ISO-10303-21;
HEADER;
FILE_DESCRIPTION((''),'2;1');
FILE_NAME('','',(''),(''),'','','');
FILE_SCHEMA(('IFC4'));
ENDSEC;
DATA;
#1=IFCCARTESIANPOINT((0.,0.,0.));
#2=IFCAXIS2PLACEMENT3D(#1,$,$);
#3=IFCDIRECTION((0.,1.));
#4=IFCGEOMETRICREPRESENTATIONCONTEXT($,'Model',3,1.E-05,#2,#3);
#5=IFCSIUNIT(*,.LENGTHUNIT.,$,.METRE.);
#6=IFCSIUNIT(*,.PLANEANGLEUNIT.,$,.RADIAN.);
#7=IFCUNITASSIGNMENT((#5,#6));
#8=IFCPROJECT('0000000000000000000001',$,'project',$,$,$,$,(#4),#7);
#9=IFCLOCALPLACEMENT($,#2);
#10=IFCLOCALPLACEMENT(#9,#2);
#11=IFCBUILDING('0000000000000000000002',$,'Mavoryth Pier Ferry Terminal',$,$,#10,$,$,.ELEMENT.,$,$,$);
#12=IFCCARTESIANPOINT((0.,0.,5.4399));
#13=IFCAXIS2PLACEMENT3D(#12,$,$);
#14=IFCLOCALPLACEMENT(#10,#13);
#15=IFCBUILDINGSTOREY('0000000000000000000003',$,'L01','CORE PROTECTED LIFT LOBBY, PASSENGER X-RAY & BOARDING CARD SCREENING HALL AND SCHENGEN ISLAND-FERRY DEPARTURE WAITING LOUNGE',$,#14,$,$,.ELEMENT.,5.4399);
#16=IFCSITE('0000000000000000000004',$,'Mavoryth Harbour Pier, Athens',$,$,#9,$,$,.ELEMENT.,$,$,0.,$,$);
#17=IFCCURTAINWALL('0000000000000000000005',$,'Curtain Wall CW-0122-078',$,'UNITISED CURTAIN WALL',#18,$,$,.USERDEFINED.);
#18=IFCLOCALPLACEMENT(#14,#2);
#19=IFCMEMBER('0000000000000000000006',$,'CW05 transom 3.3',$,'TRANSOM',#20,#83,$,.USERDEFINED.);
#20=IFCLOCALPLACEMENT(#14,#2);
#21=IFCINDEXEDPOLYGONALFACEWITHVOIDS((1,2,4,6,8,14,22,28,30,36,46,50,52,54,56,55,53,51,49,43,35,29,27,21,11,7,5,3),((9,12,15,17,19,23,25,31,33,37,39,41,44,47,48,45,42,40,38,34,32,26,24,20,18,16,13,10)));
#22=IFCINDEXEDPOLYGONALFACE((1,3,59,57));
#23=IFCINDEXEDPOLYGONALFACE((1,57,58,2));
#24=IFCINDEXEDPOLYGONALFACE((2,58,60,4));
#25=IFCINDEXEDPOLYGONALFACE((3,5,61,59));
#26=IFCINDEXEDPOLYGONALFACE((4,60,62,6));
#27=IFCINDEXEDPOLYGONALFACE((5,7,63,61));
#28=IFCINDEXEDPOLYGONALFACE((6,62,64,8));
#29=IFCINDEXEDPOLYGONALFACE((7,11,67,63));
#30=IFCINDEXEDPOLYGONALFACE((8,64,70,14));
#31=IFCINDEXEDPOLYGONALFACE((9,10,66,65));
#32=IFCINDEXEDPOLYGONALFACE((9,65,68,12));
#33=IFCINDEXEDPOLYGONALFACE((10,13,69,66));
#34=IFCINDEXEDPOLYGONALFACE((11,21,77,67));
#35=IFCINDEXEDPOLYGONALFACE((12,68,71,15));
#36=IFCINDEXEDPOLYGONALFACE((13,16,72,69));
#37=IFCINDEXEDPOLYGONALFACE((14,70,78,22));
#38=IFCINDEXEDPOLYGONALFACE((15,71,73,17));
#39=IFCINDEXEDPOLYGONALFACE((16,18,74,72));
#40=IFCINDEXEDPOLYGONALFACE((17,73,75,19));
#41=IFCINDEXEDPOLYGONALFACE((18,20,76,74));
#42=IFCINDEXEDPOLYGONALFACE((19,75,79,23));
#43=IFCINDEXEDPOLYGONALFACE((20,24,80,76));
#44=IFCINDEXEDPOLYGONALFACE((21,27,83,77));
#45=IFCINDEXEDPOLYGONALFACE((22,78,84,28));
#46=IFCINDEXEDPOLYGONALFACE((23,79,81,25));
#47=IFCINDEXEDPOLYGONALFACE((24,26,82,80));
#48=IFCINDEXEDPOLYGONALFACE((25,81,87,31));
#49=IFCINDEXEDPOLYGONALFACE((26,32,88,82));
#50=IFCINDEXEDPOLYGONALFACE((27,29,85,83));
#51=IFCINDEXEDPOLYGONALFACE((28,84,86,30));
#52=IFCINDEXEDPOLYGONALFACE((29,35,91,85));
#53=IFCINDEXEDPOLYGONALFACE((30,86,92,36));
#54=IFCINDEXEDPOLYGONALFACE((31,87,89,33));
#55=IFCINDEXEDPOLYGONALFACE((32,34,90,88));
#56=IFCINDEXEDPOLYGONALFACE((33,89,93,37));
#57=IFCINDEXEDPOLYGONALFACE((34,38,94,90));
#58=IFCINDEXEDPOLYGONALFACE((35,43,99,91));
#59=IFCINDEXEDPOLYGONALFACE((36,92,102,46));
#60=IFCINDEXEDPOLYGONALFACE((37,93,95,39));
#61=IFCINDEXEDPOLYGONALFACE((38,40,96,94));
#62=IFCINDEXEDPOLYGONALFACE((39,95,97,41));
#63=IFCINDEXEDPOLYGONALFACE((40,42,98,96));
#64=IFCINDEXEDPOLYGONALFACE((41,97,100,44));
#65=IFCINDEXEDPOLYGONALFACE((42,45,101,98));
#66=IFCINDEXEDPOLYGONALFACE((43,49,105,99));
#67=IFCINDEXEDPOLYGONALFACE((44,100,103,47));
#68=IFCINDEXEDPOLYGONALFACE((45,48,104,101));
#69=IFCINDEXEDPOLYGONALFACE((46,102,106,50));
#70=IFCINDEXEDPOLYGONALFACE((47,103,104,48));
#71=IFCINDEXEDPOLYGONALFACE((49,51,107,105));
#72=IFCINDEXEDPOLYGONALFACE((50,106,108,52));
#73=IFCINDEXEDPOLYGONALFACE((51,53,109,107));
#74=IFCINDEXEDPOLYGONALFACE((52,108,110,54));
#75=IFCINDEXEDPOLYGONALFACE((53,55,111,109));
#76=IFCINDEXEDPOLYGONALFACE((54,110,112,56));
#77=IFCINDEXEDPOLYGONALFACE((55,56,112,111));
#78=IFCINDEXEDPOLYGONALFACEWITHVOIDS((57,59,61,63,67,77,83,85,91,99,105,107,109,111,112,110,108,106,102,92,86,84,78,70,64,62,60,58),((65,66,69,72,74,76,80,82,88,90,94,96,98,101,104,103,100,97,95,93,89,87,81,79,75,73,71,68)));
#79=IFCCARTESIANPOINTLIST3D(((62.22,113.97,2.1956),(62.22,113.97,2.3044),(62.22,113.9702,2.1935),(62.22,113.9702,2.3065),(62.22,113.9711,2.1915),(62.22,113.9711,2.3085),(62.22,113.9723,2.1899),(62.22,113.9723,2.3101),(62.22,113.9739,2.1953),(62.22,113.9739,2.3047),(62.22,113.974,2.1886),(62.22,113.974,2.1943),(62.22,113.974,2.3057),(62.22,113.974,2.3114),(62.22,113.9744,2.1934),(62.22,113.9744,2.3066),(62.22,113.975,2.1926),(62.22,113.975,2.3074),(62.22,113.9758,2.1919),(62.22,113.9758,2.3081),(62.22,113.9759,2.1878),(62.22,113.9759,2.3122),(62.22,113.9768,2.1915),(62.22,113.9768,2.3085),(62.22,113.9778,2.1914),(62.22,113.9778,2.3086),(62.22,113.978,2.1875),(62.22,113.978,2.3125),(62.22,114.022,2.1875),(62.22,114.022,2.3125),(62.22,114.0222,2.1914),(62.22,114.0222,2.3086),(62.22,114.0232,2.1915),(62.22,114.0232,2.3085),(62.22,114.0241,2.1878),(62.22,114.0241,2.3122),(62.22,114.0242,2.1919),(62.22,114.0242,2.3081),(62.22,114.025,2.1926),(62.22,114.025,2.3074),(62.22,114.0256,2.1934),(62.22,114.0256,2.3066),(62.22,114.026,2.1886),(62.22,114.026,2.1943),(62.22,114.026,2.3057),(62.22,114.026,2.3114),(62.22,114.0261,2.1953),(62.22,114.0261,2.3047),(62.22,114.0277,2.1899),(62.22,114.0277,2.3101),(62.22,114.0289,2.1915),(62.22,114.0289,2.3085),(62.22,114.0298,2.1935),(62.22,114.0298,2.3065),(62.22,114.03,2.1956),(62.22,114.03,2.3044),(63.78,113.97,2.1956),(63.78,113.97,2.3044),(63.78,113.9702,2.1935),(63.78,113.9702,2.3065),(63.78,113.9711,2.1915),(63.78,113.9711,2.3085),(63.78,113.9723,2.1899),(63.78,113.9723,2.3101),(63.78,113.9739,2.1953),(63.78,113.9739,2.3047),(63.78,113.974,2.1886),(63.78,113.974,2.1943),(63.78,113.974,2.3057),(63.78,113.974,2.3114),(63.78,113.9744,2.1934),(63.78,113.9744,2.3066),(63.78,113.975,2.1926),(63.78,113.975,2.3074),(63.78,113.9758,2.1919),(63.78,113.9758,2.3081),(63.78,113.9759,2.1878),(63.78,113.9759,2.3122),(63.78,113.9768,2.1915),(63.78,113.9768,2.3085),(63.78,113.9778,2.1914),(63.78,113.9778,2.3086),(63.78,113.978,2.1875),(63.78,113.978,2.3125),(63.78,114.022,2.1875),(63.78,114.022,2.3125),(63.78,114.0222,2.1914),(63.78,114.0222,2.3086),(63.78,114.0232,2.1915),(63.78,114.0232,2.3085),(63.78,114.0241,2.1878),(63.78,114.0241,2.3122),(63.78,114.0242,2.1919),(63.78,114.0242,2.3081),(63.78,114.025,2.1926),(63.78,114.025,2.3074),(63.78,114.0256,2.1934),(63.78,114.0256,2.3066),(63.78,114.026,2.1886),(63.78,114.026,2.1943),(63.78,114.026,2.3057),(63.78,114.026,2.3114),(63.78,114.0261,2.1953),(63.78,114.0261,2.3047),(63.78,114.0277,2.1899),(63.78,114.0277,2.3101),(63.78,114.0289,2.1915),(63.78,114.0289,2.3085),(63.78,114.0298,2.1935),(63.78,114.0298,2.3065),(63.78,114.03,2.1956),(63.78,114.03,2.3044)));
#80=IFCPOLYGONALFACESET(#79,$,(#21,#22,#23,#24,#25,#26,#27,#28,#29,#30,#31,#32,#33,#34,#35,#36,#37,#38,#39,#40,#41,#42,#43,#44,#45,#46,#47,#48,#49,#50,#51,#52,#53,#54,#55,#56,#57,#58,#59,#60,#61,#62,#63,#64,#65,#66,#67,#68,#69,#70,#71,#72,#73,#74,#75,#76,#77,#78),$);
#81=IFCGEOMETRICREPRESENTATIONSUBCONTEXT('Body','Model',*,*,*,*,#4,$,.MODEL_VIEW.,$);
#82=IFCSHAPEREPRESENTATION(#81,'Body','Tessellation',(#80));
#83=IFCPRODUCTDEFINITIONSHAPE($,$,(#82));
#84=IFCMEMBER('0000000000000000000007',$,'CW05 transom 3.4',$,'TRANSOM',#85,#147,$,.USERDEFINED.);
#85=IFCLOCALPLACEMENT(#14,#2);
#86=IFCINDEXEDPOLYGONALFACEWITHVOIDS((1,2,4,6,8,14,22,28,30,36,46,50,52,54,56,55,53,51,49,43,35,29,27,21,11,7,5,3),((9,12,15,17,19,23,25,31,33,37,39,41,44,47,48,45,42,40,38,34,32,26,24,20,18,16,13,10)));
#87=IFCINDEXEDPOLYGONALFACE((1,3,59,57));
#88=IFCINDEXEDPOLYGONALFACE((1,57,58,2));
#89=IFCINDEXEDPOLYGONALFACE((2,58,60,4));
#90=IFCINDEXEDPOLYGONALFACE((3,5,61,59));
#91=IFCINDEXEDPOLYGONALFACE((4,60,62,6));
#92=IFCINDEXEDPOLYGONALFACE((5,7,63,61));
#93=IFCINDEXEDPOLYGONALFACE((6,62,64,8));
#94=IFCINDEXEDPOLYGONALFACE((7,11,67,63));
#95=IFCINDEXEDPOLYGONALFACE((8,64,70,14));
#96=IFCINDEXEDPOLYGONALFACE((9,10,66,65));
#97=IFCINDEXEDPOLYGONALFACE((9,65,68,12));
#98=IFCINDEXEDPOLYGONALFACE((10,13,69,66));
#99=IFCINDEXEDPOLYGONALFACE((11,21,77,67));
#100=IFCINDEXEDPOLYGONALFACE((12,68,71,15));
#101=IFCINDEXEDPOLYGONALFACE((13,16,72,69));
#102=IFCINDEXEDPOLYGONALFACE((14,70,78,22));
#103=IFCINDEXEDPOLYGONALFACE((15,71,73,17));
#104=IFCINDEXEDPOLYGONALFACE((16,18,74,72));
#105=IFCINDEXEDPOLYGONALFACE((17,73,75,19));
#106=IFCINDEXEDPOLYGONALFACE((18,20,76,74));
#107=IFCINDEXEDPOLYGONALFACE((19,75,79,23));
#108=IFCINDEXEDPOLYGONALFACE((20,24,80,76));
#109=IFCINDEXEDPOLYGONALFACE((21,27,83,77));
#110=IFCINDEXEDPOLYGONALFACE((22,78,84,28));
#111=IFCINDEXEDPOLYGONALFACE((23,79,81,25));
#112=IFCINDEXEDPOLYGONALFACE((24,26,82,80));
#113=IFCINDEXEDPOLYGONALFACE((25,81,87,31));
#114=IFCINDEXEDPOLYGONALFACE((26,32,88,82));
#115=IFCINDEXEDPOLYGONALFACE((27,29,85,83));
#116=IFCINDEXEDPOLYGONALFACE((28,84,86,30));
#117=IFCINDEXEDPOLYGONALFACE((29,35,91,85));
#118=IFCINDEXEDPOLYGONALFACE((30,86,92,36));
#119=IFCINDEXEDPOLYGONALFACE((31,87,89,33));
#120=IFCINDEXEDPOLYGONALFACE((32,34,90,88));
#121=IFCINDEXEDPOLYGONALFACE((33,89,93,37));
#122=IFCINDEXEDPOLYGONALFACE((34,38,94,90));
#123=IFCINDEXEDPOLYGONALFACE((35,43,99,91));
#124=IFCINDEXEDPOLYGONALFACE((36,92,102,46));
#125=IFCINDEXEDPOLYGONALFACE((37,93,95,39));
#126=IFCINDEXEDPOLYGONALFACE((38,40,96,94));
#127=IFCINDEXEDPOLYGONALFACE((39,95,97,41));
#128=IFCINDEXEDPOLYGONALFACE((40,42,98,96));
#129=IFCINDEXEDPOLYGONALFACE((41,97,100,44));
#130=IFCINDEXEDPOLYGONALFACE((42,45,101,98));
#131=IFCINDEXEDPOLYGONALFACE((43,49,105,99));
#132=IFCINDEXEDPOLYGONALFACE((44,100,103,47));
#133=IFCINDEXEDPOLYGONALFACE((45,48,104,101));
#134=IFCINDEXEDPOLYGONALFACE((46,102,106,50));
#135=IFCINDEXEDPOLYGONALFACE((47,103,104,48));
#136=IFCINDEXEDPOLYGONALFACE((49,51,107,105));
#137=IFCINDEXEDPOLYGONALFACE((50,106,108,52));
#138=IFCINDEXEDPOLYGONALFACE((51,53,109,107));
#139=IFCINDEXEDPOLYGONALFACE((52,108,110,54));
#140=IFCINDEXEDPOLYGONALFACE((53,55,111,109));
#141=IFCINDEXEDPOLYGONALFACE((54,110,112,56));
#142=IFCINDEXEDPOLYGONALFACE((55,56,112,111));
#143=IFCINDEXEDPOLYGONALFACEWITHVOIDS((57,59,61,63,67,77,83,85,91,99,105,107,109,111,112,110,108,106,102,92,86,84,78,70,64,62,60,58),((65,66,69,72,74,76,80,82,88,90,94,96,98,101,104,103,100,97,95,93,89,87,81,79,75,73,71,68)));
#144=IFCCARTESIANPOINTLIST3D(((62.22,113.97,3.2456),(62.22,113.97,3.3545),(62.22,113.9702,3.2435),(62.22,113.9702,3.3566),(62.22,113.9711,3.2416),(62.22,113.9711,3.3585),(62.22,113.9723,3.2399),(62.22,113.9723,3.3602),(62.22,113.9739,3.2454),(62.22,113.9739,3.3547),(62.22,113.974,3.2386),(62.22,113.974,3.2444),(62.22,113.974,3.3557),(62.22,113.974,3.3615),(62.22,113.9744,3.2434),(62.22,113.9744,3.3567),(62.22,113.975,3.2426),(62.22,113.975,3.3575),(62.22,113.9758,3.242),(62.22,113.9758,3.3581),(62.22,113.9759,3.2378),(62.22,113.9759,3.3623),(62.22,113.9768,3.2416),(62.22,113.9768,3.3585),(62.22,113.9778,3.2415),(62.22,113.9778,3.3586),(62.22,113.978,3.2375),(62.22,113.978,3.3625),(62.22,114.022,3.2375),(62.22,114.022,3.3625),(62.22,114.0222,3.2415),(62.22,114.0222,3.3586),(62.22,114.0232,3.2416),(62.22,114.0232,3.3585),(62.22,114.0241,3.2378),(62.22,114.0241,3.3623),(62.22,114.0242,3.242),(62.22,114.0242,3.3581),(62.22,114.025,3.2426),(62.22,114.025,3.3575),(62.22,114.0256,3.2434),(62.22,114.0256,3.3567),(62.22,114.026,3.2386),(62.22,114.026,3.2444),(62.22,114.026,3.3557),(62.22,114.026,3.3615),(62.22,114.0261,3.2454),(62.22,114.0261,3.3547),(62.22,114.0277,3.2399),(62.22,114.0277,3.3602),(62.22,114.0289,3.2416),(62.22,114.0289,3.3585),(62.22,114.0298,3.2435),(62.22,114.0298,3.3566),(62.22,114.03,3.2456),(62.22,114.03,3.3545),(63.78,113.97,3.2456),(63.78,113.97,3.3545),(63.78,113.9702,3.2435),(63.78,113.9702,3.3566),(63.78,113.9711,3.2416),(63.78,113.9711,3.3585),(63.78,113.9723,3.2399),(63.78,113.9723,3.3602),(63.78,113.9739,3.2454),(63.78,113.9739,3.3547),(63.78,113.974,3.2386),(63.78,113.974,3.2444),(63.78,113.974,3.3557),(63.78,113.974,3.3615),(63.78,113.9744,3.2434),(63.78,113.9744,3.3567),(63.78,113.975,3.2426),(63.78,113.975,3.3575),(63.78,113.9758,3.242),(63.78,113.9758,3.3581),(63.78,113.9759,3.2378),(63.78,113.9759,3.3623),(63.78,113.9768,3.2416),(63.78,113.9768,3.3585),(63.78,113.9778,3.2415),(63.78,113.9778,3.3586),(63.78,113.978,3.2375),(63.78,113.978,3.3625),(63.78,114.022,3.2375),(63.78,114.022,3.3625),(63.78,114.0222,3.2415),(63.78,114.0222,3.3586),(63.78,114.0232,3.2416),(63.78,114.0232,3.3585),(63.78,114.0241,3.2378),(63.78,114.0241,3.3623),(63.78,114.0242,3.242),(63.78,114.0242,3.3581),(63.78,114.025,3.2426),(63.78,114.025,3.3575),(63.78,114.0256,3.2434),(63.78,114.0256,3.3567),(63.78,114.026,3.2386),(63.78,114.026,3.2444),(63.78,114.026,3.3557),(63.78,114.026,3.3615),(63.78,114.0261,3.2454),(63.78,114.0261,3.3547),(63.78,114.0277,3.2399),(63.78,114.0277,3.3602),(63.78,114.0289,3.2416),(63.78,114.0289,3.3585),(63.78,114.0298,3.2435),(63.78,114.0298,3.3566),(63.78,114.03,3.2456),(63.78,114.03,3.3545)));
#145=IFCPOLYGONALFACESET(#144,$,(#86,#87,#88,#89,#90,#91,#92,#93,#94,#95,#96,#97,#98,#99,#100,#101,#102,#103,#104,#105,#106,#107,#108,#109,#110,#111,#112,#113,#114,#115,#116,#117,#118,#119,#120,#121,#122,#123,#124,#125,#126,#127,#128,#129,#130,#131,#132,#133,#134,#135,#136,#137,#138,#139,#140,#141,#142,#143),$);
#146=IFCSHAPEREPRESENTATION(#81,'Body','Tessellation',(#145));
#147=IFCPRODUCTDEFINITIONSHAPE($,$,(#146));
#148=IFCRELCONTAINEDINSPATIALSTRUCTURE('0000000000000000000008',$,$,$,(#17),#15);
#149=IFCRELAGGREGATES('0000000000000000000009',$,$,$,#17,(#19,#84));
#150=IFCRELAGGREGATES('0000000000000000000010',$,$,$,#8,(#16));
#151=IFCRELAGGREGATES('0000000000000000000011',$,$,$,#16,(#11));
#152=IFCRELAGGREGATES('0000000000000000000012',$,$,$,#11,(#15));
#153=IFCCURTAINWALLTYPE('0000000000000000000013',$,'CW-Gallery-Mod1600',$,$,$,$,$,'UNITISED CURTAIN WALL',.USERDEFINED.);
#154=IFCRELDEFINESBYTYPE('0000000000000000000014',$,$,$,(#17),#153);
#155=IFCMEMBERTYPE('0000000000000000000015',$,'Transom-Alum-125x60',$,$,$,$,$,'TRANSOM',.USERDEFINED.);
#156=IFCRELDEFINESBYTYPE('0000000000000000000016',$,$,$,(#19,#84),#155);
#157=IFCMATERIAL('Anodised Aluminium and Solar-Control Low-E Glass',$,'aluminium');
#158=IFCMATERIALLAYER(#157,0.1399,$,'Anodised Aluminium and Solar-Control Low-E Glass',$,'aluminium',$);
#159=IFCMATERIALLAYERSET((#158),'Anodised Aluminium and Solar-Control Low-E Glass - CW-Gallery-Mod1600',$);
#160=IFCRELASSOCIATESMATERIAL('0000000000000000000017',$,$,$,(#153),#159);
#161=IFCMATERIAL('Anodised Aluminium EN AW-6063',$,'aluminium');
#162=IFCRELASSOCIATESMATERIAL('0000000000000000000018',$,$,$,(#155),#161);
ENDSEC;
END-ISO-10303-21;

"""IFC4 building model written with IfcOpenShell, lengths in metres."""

from ifc_helpers import new_model, si_unit, direction, frame, origin, origin_2d, place, context, subcontext, project, spatial, hollow_rectangle, extrude, material, layer, layer_set, material_profile, profile_set, type_object, element, aggregate, save


model = new_model("IFC4")

# Units and contexts
model_context = context("Model", 3, precision=1e-05, world=origin(), true_north=direction((0.0, 1.0)))
body_context = subcontext(model_context, "Body", "Model", "MODEL_VIEW")
ifc_project = project(units=[si_unit("LENGTHUNIT", "METRE"), si_unit("PLANEANGLEUNIT", "RADIAN")], contexts=[model_context])

# Site, building, storey
site_placement = place(None, origin())
site = spatial("IfcSite", under=ifc_project, at=site_placement, Name="Mavoryth Harbour Pier, Athens", CompositionType="ELEMENT", RefElevation=0.0)
building_placement = place(site_placement, origin())
building = spatial("IfcBuilding", under=site, at=building_placement, Name="Mavoryth Pier Ferry Terminal", CompositionType="ELEMENT")
storey_placement = place(building_placement, frame((0.0, 0.0, 5.4399)))
storey = spatial("IfcBuildingStorey", under=building, at=storey_placement, Name="L01", Description="CORE PROTECTED LIFT LOBBY, PASSENGER X-RAY & BOARDING CARD SCREENING HALL AND SCHENGEN ISLAND-FERRY DEPARTURE WAITING LOUNGE", CompositionType="ELEMENT", Elevation=5.4399)

# Curtain wall
ifc_material_1 = material(Name="Anodised Aluminium and Solar-Control Low-E Glass", Category="aluminium")
ifc_layer_1 = layer(ifc_material_1, 0.1399, Name="Anodised Aluminium and Solar-Control Low-E Glass", Category="aluminium")
ifc_layer_set_1 = layer_set([ifc_layer_1], Name="Anodised Aluminium and Solar-Control Low-E Glass - CW-Gallery-Mod1600")
curtain_wall_type = type_object("IfcCurtainWallType", Name="CW-Gallery-Mod1600", ElementType="UNITISED CURTAIN WALL", PredefinedType="USERDEFINED", material=ifc_layer_set_1)
curtain_wall_placement = place(storey_placement, origin())
curtain_wall = element("IfcCurtainWall", 1, at=curtain_wall_placement, inside=storey, type_object=curtain_wall_type, Name="Curtain Wall CW-0122-078", ObjectType="UNITISED CURTAIN WALL", PredefinedType="USERDEFINED")
ifc_material_2 = material(Name="Anodised Aluminium EN AW-6063", Category="aluminium")

# Members
ifc_material_profile_1 = material_profile(ifc_material_2, hollow_rectangle(XDim=0.0601, YDim=0.125, WallThickness=0.0039, InnerFilletRadius=0.0039, OuterFilletRadius=0.0081, at=origin_2d()), Name="AL-TRAN 125x60x4", Category="aluminium")
ifc_profile_set_1 = profile_set([ifc_material_profile_1], Name="Anodised Aluminium EN AW-6063 - AL-TRAN 125x60x4")
member_type_1 = type_object("IfcMemberType", Name="Transom-Alum-125x60", ElementType="TRANSOM", PredefinedType="USERDEFINED", material=ifc_profile_set_1)
member_1_placement = place(storey_placement, frame((63.78, 114.0, 2.25), z_axis=(-1.0, 0.0, 0.0), x_axis=(0.0, -1.0, 0.0)))
member_1 = element("IfcMember", 2, at=member_1_placement, type_object=member_type_1, Name="CW05 transom 3.3", ObjectType="TRANSOM", PredefinedType="USERDEFINED", context=body_context, shape_type="SweptSolid", body=[
    extrude(hollow_rectangle(XDim=0.0601, YDim=0.125, WallThickness=0.0039, InnerFilletRadius=0.0039, OuterFilletRadius=0.0081, at=origin_2d()), origin(), (0.0, 0.0, 1.0), 1.5601),
])
member_2_placement = place(storey_placement, frame((63.78, 114.0, 3.3), z_axis=(-1.0, 0.0, 0.0), x_axis=(0.0, -1.0, 0.0)))
member_2 = element("IfcMember", 3, at=member_2_placement, type_object=member_type_1, Name="CW05 transom 3.4", ObjectType="TRANSOM", PredefinedType="USERDEFINED", context=body_context, shape_type="SweptSolid", body=[
    extrude(hollow_rectangle(XDim=0.0601, YDim=0.125, WallThickness=0.0039, InnerFilletRadius=0.0039, OuterFilletRadius=0.0081, at=origin_2d()), origin(), (0.0, 0.0, 1.0), 1.5601),
])

aggregate(curtain_wall, [member_1, member_2])

save(model, "model.ifc")
